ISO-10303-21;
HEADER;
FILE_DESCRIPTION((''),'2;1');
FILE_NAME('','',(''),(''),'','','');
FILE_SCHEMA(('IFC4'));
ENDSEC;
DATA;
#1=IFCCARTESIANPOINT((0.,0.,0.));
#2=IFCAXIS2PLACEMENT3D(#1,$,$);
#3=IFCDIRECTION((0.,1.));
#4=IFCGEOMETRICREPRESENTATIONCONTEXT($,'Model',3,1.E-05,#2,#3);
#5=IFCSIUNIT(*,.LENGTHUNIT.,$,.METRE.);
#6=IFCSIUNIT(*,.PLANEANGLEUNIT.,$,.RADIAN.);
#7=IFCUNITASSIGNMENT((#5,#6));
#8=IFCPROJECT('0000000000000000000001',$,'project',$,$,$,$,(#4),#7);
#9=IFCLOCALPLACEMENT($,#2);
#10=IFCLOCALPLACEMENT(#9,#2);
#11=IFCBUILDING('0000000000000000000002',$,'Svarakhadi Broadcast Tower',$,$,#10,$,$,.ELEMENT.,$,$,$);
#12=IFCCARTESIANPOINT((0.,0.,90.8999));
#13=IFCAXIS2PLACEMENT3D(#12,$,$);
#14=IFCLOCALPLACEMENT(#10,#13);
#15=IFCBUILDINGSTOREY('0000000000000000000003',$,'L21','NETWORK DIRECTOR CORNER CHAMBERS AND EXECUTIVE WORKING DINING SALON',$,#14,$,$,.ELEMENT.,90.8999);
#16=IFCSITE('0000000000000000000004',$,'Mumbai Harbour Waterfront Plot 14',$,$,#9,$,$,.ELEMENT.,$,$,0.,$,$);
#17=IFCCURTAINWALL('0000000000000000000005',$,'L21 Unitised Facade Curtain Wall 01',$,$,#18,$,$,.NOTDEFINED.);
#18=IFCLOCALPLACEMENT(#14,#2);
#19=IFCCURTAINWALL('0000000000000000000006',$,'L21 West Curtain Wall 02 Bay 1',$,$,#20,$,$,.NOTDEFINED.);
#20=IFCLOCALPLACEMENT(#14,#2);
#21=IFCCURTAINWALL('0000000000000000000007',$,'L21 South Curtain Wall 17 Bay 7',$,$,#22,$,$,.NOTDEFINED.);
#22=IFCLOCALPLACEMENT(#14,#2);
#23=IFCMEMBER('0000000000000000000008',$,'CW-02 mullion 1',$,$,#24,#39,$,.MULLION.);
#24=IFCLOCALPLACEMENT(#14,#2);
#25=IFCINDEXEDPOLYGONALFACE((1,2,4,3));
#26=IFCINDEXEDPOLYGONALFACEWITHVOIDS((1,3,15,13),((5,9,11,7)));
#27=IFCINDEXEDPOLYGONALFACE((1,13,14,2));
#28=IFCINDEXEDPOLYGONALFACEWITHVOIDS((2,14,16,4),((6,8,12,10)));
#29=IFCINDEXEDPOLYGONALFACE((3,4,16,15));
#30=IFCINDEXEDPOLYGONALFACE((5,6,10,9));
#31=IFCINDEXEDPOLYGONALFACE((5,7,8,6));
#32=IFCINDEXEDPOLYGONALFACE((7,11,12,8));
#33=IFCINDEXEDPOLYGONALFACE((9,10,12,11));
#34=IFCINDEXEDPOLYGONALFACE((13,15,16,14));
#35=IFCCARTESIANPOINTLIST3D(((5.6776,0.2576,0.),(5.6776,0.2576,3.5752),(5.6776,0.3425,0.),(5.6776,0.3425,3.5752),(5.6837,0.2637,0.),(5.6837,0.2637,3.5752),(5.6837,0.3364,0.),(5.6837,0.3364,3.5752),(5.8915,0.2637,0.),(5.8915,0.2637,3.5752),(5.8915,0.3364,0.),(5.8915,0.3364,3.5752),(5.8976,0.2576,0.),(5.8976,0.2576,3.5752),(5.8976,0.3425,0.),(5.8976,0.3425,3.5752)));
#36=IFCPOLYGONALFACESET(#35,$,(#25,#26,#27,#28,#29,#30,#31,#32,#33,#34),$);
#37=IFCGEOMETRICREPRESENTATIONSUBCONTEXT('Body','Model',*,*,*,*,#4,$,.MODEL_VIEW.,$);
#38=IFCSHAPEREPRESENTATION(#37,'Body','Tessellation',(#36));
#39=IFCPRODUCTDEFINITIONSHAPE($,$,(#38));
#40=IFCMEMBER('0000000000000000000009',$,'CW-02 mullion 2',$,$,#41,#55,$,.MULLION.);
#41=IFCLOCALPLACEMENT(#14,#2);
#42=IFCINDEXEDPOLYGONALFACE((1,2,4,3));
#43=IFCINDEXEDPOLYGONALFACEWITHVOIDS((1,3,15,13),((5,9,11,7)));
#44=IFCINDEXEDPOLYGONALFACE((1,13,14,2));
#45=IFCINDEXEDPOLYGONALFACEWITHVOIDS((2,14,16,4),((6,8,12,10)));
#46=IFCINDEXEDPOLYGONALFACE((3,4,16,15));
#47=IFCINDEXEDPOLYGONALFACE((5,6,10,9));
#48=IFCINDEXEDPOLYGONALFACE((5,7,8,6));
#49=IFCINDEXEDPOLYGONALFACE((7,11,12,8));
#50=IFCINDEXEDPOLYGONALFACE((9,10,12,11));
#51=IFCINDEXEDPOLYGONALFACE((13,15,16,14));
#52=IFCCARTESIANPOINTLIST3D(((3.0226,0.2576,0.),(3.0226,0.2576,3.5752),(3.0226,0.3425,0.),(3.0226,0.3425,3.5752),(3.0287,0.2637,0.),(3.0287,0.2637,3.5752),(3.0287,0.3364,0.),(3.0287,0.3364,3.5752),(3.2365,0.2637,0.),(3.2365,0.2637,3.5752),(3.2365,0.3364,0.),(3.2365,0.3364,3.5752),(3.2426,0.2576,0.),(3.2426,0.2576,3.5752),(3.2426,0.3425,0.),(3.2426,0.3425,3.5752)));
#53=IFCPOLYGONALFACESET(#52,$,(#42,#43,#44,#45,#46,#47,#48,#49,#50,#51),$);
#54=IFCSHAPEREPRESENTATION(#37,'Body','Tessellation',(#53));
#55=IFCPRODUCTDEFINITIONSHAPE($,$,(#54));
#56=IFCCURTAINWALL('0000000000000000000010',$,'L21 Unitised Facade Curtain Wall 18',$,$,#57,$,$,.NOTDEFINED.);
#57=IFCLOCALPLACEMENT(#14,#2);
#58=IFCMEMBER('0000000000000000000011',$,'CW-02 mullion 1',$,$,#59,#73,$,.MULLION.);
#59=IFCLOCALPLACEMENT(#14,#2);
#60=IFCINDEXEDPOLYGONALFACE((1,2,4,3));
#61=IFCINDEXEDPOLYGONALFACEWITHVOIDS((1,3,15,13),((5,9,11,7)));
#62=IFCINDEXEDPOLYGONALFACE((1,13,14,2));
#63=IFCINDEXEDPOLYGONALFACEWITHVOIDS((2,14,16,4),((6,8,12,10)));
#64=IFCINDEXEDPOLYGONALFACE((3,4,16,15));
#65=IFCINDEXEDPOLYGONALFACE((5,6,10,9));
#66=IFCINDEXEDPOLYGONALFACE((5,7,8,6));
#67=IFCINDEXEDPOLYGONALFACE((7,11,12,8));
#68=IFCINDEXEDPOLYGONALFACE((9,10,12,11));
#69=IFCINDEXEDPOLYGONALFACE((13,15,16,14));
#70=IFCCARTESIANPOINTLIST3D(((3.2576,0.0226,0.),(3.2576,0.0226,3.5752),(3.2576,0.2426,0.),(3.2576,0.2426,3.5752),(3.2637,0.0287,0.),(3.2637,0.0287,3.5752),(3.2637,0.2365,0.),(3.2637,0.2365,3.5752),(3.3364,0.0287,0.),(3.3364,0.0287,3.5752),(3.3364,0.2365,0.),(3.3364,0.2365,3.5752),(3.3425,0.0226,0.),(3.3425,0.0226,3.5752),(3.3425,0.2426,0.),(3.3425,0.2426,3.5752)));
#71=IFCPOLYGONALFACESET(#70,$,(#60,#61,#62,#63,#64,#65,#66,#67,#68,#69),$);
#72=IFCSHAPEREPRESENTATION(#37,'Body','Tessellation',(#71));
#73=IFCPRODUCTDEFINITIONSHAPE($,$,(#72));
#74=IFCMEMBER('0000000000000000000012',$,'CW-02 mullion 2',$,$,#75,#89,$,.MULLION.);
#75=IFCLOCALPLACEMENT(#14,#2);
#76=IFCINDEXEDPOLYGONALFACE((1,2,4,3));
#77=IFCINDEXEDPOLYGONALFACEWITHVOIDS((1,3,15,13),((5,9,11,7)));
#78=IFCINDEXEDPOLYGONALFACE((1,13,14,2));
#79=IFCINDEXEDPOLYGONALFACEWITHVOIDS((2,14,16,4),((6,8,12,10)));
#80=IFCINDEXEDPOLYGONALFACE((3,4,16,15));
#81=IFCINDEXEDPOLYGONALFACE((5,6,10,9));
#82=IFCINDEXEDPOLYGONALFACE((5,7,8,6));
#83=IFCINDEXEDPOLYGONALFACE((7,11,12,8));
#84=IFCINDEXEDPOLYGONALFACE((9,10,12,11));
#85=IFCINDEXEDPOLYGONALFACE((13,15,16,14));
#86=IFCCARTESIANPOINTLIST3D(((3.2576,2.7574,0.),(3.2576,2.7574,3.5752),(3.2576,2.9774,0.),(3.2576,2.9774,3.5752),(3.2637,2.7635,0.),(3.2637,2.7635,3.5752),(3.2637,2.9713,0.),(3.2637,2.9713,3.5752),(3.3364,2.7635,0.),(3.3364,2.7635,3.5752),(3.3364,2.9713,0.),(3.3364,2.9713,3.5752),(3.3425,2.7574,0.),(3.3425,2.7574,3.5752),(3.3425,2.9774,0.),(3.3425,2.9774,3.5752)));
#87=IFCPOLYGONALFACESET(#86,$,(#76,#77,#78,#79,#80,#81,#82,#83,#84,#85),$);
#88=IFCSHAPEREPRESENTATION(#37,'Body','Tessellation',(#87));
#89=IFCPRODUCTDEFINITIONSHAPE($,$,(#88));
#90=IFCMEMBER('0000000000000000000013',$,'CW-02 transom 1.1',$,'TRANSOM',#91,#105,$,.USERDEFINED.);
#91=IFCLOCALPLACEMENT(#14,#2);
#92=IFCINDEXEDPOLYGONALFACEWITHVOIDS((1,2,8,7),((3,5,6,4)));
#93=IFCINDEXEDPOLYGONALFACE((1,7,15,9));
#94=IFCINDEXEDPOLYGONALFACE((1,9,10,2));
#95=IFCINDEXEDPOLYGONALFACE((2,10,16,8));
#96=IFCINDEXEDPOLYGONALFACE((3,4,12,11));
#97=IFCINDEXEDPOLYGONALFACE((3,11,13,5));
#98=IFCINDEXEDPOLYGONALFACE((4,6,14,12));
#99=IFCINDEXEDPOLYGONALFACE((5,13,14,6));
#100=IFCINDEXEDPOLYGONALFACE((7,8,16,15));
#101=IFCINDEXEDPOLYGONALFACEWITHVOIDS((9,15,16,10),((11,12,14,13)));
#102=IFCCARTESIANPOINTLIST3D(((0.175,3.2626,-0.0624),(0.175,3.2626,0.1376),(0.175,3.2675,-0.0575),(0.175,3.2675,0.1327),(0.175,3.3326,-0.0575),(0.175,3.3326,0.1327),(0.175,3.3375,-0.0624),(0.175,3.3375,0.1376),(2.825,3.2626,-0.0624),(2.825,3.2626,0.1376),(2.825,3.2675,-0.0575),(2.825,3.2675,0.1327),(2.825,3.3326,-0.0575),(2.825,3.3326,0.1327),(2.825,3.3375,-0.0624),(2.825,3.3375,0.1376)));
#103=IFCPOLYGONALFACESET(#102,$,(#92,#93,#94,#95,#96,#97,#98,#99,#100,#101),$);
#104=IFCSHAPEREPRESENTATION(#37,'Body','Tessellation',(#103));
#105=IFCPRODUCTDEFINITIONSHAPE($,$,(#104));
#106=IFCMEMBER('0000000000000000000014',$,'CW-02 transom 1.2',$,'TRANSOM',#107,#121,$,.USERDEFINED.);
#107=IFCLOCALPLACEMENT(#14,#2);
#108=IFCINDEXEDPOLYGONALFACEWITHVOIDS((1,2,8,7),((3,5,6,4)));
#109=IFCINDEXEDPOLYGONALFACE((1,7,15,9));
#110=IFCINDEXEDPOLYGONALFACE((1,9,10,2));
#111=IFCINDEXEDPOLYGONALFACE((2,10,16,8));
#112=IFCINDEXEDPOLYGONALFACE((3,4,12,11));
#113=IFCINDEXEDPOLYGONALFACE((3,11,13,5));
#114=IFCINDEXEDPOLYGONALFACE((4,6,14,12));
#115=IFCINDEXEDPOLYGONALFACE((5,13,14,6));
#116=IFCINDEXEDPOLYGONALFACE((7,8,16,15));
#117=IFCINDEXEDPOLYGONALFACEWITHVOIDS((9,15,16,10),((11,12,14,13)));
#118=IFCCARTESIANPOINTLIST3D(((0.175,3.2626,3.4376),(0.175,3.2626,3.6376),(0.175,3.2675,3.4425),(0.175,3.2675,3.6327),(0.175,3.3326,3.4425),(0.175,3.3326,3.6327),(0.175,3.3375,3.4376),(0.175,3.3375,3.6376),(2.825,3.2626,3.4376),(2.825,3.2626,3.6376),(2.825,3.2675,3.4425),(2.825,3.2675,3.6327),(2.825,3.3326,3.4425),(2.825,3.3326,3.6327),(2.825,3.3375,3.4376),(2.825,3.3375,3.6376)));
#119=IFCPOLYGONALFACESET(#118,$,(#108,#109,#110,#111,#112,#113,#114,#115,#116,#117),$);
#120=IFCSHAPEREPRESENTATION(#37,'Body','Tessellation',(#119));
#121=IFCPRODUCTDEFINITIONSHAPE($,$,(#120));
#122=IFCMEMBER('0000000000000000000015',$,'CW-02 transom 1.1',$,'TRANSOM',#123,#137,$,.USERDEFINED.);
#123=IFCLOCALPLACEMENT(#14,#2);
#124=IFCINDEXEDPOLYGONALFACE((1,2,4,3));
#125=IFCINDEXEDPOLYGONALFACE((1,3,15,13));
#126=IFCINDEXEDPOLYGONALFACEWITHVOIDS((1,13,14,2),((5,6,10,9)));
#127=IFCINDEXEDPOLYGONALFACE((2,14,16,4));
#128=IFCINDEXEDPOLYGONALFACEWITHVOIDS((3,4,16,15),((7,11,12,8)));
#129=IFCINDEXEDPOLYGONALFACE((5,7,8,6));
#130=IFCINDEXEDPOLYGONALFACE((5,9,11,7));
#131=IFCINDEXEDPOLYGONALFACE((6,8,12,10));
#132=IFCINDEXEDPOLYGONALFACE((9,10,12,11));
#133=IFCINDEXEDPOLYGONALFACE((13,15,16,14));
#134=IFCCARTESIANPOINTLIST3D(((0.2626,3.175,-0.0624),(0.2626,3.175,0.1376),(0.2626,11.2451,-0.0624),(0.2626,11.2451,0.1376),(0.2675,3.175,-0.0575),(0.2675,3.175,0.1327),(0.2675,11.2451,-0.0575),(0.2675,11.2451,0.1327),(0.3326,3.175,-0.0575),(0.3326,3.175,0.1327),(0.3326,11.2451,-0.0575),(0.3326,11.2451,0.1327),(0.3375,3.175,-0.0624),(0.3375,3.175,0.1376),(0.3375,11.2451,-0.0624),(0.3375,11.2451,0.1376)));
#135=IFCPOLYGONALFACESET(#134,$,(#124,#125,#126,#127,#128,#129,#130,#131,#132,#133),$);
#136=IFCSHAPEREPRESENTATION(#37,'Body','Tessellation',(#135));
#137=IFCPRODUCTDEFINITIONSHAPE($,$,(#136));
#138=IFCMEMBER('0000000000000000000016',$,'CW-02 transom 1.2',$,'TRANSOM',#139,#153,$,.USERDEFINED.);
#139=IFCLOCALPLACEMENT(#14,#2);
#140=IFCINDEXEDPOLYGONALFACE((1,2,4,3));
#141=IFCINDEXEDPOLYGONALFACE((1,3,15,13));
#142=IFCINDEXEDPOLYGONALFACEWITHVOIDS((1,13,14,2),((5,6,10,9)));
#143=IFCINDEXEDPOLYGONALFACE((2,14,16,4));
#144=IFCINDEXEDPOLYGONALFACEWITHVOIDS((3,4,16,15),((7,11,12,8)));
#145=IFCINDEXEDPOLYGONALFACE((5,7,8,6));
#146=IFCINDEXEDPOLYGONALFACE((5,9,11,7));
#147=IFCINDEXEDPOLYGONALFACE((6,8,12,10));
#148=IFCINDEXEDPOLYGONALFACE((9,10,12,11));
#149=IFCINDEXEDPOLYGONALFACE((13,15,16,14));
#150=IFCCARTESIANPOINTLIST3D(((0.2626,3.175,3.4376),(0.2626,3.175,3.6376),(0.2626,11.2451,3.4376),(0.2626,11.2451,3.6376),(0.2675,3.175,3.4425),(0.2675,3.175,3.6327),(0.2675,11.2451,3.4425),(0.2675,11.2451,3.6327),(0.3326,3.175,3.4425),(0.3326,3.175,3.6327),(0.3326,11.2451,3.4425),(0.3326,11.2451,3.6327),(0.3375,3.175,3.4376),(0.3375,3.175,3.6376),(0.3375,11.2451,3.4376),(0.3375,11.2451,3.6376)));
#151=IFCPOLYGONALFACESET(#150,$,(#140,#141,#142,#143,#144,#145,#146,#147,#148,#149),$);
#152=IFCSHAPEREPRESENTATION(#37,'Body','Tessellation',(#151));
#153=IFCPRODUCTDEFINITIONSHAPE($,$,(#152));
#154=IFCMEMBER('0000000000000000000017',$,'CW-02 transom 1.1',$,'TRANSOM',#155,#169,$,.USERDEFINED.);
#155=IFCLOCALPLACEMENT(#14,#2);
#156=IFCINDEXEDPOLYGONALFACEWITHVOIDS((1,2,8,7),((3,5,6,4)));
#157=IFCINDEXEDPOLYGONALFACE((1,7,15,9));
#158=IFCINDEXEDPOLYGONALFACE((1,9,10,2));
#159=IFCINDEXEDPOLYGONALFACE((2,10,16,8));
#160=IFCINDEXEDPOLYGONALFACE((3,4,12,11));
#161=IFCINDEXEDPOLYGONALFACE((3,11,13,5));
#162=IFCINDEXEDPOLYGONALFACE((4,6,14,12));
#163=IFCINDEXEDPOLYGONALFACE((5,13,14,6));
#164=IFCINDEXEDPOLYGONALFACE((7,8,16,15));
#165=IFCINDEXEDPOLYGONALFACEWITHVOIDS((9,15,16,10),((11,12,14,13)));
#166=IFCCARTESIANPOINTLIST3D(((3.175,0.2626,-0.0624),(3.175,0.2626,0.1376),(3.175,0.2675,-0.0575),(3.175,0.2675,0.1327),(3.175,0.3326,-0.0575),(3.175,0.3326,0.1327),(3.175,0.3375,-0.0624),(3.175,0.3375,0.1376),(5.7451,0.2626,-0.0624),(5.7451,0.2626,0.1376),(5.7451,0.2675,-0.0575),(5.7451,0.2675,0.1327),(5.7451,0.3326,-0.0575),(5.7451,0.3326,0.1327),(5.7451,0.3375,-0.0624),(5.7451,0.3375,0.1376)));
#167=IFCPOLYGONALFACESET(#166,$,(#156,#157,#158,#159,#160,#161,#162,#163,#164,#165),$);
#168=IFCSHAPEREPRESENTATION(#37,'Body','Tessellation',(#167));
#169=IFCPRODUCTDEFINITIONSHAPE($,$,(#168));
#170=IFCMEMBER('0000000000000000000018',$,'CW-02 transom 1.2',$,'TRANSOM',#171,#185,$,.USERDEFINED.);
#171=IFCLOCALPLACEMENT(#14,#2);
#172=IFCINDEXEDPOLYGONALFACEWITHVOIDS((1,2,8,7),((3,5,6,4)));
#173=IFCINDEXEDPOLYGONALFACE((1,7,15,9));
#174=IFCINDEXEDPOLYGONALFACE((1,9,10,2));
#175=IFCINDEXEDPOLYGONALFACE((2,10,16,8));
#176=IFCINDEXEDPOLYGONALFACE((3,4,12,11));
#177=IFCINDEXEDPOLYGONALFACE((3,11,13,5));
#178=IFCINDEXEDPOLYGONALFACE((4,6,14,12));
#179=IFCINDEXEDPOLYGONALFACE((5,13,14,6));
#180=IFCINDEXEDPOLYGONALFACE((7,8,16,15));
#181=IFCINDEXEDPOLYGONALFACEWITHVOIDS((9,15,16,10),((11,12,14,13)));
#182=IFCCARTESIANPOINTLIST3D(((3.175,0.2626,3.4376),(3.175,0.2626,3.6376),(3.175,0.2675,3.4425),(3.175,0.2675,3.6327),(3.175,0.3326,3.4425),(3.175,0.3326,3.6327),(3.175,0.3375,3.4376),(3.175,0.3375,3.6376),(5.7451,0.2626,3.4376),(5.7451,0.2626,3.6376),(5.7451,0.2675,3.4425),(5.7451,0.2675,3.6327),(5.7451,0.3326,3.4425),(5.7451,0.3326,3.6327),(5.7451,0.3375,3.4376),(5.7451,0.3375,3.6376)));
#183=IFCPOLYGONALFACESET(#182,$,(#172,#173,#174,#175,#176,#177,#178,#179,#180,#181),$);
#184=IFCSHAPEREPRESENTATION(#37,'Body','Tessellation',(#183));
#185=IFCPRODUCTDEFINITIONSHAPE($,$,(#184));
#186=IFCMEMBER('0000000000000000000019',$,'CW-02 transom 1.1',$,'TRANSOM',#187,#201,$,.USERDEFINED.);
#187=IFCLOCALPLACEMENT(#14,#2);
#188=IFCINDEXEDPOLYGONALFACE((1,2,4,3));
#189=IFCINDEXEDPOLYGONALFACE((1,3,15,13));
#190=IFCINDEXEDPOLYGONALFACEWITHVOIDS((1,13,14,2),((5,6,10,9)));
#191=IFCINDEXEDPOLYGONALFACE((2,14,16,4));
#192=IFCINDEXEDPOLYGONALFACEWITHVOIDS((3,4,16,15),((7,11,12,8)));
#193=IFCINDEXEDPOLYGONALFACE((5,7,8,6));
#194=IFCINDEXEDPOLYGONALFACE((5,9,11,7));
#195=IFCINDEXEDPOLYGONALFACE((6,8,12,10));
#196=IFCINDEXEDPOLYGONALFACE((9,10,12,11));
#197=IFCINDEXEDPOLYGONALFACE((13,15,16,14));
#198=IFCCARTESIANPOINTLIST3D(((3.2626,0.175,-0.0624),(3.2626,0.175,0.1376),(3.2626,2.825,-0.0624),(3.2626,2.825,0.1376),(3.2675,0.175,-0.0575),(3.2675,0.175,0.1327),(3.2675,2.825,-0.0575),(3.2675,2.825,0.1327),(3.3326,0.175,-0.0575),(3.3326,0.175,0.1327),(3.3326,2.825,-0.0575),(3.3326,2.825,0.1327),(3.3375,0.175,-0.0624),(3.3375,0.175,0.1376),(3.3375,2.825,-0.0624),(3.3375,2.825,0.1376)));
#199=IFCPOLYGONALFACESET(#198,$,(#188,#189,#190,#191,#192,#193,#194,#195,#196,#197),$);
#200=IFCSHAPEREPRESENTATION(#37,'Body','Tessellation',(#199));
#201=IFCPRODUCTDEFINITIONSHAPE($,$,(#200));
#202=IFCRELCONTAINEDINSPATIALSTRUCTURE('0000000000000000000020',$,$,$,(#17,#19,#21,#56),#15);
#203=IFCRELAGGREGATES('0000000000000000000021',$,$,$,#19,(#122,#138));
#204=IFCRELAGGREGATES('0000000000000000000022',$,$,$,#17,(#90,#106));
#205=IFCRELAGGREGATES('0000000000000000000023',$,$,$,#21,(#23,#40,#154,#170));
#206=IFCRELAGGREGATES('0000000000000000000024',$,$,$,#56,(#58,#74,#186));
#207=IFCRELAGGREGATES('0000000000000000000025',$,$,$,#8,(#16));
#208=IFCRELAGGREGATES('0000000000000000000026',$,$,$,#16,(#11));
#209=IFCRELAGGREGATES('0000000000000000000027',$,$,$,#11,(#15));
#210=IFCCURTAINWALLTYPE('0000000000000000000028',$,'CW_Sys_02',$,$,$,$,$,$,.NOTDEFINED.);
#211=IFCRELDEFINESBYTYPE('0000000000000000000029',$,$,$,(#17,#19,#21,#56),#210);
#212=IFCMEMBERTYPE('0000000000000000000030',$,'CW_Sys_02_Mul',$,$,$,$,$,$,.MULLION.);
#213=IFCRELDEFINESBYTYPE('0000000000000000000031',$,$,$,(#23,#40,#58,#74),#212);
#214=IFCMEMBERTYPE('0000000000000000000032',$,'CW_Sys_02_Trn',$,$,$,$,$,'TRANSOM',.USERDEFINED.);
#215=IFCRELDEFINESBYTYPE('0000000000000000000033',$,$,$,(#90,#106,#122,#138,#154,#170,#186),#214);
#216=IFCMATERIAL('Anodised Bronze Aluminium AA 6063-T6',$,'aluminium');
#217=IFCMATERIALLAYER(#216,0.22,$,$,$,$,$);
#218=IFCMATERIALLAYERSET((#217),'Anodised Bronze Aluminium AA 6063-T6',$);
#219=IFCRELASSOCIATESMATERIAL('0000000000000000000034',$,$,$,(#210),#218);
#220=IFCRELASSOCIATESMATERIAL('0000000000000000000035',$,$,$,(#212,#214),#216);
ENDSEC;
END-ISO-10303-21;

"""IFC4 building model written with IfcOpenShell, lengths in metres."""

from ifc_helpers import new_model, si_unit, direction, frame, origin, origin_2d, place, context, subcontext, project, spatial, hollow_rectangle, extrude, material, layer, layer_set, material_profile, profile_set, type_object, element, aggregate, save


model = new_model("IFC4")

# Units and contexts
model_context = context("Model", 3, precision=1e-05, world=origin(), true_north=direction((0.0, 1.0)))
body_context = subcontext(model_context, "Body", "Model", "MODEL_VIEW")
ifc_project = project(units=[si_unit("LENGTHUNIT", "METRE"), si_unit("PLANEANGLEUNIT", "RADIAN")], contexts=[model_context])

# Site, building, storey
site_placement = place(None, origin())
site = spatial("IfcSite", under=ifc_project, at=site_placement, Name="Mumbai Harbour Waterfront Plot 14", CompositionType="ELEMENT", RefElevation=0.0)
building_placement = place(site_placement, origin())
building = spatial("IfcBuilding", under=site, at=building_placement, Name="Svarakhadi Broadcast Tower", CompositionType="ELEMENT")
storey_placement = place(building_placement, frame((0.0, 0.0, 90.8999)))
storey = spatial("IfcBuildingStorey", under=building, at=storey_placement, Name="L21", Description="NETWORK DIRECTOR CORNER CHAMBERS AND EXECUTIVE WORKING DINING SALON", CompositionType="ELEMENT", Elevation=90.8999)

# Curtain wall
ifc_material_1 = material(Name="Anodised Bronze Aluminium AA 6063-T6", Category="aluminium")
ifc_layer_1 = layer(ifc_material_1, 0.22)
ifc_layer_set_1 = layer_set([ifc_layer_1], Name="Anodised Bronze Aluminium AA 6063-T6")
curtain_wall_type = type_object("IfcCurtainWallType", Name="CW_Sys_02", PredefinedType="NOTDEFINED", material=ifc_layer_set_1)
curtain_wall_1_placement = place(storey_placement, origin())
curtain_wall_1 = element("IfcCurtainWall", 1, at=curtain_wall_1_placement, inside=storey, type_object=curtain_wall_type, Name="L21 Unitised Facade Curtain Wall 01", PredefinedType="NOTDEFINED")
ifc_material_profile_1 = material_profile(ifc_material_1, hollow_rectangle(XDim=0.085, YDim=0.22, WallThickness=0.0061, at=origin_2d()), Name="ALU MULLION 220x85x6")
ifc_profile_set_1 = profile_set([ifc_material_profile_1], Name="Anodised Bronze Aluminium AA 6063-T6")
member_type_1 = type_object("IfcMemberType", Name="CW_Sys_02_Mul", PredefinedType="MULLION", material=ifc_profile_set_1)

# Curtain wall
curtain_wall_2_placement = place(storey_placement, origin())
curtain_wall_2 = element("IfcCurtainWall", 2, at=curtain_wall_2_placement, inside=storey, type_object=curtain_wall_type, Name="L21 West Curtain Wall 02 Bay 1", PredefinedType="NOTDEFINED")

# Curtain walls, members
curtain_wall_3_placement = place(storey_placement, origin())
curtain_wall_3 = element("IfcCurtainWall", 3, at=curtain_wall_3_placement, inside=storey, type_object=curtain_wall_type, Name="L21 South Curtain Wall 17 Bay 7", PredefinedType="NOTDEFINED")
member_1_placement = place(storey_placement, frame((5.7876, 0.3, 0.0), z_axis=(0.0, 0.0, 1.0), x_axis=(0.0, -1.0, 0.0)))
member_1 = element("IfcMember", 4, at=member_1_placement, type_object=member_type_1, Name="CW-02 mullion 1", PredefinedType="MULLION", context=body_context, shape_type="SweptSolid", body=[
    extrude(hollow_rectangle(XDim=0.085, YDim=0.22, WallThickness=0.0061, at=origin_2d()), origin(), (0.0, 0.0, 1.0), 3.5752),
])
member_2_placement = place(storey_placement, frame((3.1326, 0.3, 0.0), z_axis=(0.0, 0.0, 1.0), x_axis=(0.0, -1.0, 0.0)))
member_2 = element("IfcMember", 5, at=member_2_placement, type_object=member_type_1, Name="CW-02 mullion 2", PredefinedType="MULLION", context=body_context, shape_type="SweptSolid", body=[
    extrude(hollow_rectangle(XDim=0.085, YDim=0.22, WallThickness=0.0061, at=origin_2d()), origin(), (0.0, 0.0, 1.0), 3.5752),
])
curtain_wall_4_placement = place(storey_placement, origin())
curtain_wall_4 = element("IfcCurtainWall", 6, at=curtain_wall_4_placement, inside=storey, type_object=curtain_wall_type, Name="L21 Unitised Facade Curtain Wall 18", PredefinedType="NOTDEFINED")
member_3_placement = place(storey_placement, frame((3.3, 0.1326, 0.0), z_axis=(0.0, 0.0, 1.0), x_axis=(-1.0, 0.0, 0.0)))
member_3 = element("IfcMember", 7, at=member_3_placement, type_object=member_type_1, Name="CW-02 mullion 1", PredefinedType="MULLION", context=body_context, shape_type="SweptSolid", body=[
    extrude(hollow_rectangle(XDim=0.085, YDim=0.22, WallThickness=0.0061, at=origin_2d()), origin(), (0.0, 0.0, 1.0), 3.5752),
])
member_4_placement = place(storey_placement, frame((3.3, 2.8674, 0.0), z_axis=(0.0, 0.0, 1.0), x_axis=(-1.0, 0.0, 0.0)))
member_4 = element("IfcMember", 8, at=member_4_placement, type_object=member_type_1, Name="CW-02 mullion 2", PredefinedType="MULLION", context=body_context, shape_type="SweptSolid", body=[
    extrude(hollow_rectangle(XDim=0.085, YDim=0.22, WallThickness=0.0061, at=origin_2d()), origin(), (0.0, 0.0, 1.0), 3.5752),
])

# Members
ifc_material_profile_2 = material_profile(ifc_material_1, hollow_rectangle(XDim=0.075, YDim=0.2, WallThickness=0.0049, at=origin_2d()), Name="ALU TRANSOM 200x75x5")
ifc_profile_set_2 = profile_set([ifc_material_profile_2], Name="Anodised Bronze Aluminium AA 6063-T6")
member_type_2 = type_object("IfcMemberType", Name="CW_Sys_02_Trn", ElementType="TRANSOM", PredefinedType="USERDEFINED", material=ifc_profile_set_2)
member_5_placement = place(storey_placement, frame((2.825, 3.3, 0.0376), z_axis=(-1.0, 0.0, 0.0), x_axis=(0.0, -1.0, 0.0)))
member_5 = element("IfcMember", 9, at=member_5_placement, type_object=member_type_2, Name="CW-02 transom 1.1", ObjectType="TRANSOM", PredefinedType="USERDEFINED", context=body_context, shape_type="SweptSolid", body=[
    extrude(hollow_rectangle(XDim=0.075, YDim=0.2, WallThickness=0.0049, at=origin_2d()), origin(), (0.0, 0.0, 1.0), 2.6499),
])
member_6_placement = place(storey_placement, frame((2.825, 3.3, 3.5376), z_axis=(-1.0, 0.0, 0.0), x_axis=(0.0, -1.0, 0.0)))
member_6 = element("IfcMember", 10, at=member_6_placement, type_object=member_type_2, Name="CW-02 transom 1.2", ObjectType="TRANSOM", PredefinedType="USERDEFINED", context=body_context, shape_type="SweptSolid", body=[
    extrude(hollow_rectangle(XDim=0.075, YDim=0.2, WallThickness=0.0049, at=origin_2d()), origin(), (0.0, 0.0, 1.0), 2.6499),
])
member_7_placement = place(storey_placement, frame((0.3, 3.175, 0.0376), z_axis=(0.0, 1.0, 0.0), x_axis=(-1.0, 0.0, 0.0)))
member_7 = element("IfcMember", 11, at=member_7_placement, type_object=member_type_2, Name="CW-02 transom 1.1", ObjectType="TRANSOM", PredefinedType="USERDEFINED", context=body_context, shape_type="SweptSolid", body=[
    extrude(hollow_rectangle(XDim=0.075, YDim=0.2, WallThickness=0.0049, at=origin_2d()), origin(), (0.0, 0.0, 1.0), 8.0701),
])
member_8_placement = place(storey_placement, frame((0.3, 3.175, 3.5376), z_axis=(0.0, 1.0, 0.0), x_axis=(-1.0, 0.0, 0.0)))
member_8 = element("IfcMember", 12, at=member_8_placement, type_object=member_type_2, Name="CW-02 transom 1.2", ObjectType="TRANSOM", PredefinedType="USERDEFINED", context=body_context, shape_type="SweptSolid", body=[
    extrude(hollow_rectangle(XDim=0.075, YDim=0.2, WallThickness=0.0049, at=origin_2d()), origin(), (0.0, 0.0, 1.0), 8.0701),
])
aggregate(curtain_wall_2, [member_7, member_8])
member_9_placement = place(storey_placement, frame((5.7451, 0.3, 0.0376), z_axis=(-1.0, 0.0, 0.0), x_axis=(0.0, -1.0, 0.0)))
member_9 = element("IfcMember", 13, at=member_9_placement, type_object=member_type_2, Name="CW-02 transom 1.1", ObjectType="TRANSOM", PredefinedType="USERDEFINED", context=body_context, shape_type="SweptSolid", body=[
    extrude(hollow_rectangle(XDim=0.075, YDim=0.2, WallThickness=0.0049, at=origin_2d()), origin(), (0.0, 0.0, 1.0), 2.5701),
])
member_10_placement = place(storey_placement, frame((5.7451, 0.3, 3.5376), z_axis=(-1.0, 0.0, 0.0), x_axis=(0.0, -1.0, 0.0)))
member_10 = element("IfcMember", 14, at=member_10_placement, type_object=member_type_2, Name="CW-02 transom 1.2", ObjectType="TRANSOM", PredefinedType="USERDEFINED", context=body_context, shape_type="SweptSolid", body=[
    extrude(hollow_rectangle(XDim=0.075, YDim=0.2, WallThickness=0.0049, at=origin_2d()), origin(), (0.0, 0.0, 1.0), 2.5701),
])
member_11_placement = place(storey_placement, frame((3.3, 0.175, 0.0376), z_axis=(0.0, 1.0, 0.0), x_axis=(-1.0, 0.0, 0.0)))
member_11 = element("IfcMember", 15, at=member_11_placement, type_object=member_type_2, Name="CW-02 transom 1.1", ObjectType="TRANSOM", PredefinedType="USERDEFINED", context=body_context, shape_type="SweptSolid", body=[
    extrude(hollow_rectangle(XDim=0.075, YDim=0.2, WallThickness=0.0049, at=origin_2d()), origin(), (0.0, 0.0, 1.0), 2.6499),
])

aggregate(curtain_wall_1, [member_5, member_6])
aggregate(curtain_wall_3, [member_1, member_2, member_9, member_10])
aggregate(curtain_wall_4, [member_3, member_4, member_11])

save(model, "model.ifc")
